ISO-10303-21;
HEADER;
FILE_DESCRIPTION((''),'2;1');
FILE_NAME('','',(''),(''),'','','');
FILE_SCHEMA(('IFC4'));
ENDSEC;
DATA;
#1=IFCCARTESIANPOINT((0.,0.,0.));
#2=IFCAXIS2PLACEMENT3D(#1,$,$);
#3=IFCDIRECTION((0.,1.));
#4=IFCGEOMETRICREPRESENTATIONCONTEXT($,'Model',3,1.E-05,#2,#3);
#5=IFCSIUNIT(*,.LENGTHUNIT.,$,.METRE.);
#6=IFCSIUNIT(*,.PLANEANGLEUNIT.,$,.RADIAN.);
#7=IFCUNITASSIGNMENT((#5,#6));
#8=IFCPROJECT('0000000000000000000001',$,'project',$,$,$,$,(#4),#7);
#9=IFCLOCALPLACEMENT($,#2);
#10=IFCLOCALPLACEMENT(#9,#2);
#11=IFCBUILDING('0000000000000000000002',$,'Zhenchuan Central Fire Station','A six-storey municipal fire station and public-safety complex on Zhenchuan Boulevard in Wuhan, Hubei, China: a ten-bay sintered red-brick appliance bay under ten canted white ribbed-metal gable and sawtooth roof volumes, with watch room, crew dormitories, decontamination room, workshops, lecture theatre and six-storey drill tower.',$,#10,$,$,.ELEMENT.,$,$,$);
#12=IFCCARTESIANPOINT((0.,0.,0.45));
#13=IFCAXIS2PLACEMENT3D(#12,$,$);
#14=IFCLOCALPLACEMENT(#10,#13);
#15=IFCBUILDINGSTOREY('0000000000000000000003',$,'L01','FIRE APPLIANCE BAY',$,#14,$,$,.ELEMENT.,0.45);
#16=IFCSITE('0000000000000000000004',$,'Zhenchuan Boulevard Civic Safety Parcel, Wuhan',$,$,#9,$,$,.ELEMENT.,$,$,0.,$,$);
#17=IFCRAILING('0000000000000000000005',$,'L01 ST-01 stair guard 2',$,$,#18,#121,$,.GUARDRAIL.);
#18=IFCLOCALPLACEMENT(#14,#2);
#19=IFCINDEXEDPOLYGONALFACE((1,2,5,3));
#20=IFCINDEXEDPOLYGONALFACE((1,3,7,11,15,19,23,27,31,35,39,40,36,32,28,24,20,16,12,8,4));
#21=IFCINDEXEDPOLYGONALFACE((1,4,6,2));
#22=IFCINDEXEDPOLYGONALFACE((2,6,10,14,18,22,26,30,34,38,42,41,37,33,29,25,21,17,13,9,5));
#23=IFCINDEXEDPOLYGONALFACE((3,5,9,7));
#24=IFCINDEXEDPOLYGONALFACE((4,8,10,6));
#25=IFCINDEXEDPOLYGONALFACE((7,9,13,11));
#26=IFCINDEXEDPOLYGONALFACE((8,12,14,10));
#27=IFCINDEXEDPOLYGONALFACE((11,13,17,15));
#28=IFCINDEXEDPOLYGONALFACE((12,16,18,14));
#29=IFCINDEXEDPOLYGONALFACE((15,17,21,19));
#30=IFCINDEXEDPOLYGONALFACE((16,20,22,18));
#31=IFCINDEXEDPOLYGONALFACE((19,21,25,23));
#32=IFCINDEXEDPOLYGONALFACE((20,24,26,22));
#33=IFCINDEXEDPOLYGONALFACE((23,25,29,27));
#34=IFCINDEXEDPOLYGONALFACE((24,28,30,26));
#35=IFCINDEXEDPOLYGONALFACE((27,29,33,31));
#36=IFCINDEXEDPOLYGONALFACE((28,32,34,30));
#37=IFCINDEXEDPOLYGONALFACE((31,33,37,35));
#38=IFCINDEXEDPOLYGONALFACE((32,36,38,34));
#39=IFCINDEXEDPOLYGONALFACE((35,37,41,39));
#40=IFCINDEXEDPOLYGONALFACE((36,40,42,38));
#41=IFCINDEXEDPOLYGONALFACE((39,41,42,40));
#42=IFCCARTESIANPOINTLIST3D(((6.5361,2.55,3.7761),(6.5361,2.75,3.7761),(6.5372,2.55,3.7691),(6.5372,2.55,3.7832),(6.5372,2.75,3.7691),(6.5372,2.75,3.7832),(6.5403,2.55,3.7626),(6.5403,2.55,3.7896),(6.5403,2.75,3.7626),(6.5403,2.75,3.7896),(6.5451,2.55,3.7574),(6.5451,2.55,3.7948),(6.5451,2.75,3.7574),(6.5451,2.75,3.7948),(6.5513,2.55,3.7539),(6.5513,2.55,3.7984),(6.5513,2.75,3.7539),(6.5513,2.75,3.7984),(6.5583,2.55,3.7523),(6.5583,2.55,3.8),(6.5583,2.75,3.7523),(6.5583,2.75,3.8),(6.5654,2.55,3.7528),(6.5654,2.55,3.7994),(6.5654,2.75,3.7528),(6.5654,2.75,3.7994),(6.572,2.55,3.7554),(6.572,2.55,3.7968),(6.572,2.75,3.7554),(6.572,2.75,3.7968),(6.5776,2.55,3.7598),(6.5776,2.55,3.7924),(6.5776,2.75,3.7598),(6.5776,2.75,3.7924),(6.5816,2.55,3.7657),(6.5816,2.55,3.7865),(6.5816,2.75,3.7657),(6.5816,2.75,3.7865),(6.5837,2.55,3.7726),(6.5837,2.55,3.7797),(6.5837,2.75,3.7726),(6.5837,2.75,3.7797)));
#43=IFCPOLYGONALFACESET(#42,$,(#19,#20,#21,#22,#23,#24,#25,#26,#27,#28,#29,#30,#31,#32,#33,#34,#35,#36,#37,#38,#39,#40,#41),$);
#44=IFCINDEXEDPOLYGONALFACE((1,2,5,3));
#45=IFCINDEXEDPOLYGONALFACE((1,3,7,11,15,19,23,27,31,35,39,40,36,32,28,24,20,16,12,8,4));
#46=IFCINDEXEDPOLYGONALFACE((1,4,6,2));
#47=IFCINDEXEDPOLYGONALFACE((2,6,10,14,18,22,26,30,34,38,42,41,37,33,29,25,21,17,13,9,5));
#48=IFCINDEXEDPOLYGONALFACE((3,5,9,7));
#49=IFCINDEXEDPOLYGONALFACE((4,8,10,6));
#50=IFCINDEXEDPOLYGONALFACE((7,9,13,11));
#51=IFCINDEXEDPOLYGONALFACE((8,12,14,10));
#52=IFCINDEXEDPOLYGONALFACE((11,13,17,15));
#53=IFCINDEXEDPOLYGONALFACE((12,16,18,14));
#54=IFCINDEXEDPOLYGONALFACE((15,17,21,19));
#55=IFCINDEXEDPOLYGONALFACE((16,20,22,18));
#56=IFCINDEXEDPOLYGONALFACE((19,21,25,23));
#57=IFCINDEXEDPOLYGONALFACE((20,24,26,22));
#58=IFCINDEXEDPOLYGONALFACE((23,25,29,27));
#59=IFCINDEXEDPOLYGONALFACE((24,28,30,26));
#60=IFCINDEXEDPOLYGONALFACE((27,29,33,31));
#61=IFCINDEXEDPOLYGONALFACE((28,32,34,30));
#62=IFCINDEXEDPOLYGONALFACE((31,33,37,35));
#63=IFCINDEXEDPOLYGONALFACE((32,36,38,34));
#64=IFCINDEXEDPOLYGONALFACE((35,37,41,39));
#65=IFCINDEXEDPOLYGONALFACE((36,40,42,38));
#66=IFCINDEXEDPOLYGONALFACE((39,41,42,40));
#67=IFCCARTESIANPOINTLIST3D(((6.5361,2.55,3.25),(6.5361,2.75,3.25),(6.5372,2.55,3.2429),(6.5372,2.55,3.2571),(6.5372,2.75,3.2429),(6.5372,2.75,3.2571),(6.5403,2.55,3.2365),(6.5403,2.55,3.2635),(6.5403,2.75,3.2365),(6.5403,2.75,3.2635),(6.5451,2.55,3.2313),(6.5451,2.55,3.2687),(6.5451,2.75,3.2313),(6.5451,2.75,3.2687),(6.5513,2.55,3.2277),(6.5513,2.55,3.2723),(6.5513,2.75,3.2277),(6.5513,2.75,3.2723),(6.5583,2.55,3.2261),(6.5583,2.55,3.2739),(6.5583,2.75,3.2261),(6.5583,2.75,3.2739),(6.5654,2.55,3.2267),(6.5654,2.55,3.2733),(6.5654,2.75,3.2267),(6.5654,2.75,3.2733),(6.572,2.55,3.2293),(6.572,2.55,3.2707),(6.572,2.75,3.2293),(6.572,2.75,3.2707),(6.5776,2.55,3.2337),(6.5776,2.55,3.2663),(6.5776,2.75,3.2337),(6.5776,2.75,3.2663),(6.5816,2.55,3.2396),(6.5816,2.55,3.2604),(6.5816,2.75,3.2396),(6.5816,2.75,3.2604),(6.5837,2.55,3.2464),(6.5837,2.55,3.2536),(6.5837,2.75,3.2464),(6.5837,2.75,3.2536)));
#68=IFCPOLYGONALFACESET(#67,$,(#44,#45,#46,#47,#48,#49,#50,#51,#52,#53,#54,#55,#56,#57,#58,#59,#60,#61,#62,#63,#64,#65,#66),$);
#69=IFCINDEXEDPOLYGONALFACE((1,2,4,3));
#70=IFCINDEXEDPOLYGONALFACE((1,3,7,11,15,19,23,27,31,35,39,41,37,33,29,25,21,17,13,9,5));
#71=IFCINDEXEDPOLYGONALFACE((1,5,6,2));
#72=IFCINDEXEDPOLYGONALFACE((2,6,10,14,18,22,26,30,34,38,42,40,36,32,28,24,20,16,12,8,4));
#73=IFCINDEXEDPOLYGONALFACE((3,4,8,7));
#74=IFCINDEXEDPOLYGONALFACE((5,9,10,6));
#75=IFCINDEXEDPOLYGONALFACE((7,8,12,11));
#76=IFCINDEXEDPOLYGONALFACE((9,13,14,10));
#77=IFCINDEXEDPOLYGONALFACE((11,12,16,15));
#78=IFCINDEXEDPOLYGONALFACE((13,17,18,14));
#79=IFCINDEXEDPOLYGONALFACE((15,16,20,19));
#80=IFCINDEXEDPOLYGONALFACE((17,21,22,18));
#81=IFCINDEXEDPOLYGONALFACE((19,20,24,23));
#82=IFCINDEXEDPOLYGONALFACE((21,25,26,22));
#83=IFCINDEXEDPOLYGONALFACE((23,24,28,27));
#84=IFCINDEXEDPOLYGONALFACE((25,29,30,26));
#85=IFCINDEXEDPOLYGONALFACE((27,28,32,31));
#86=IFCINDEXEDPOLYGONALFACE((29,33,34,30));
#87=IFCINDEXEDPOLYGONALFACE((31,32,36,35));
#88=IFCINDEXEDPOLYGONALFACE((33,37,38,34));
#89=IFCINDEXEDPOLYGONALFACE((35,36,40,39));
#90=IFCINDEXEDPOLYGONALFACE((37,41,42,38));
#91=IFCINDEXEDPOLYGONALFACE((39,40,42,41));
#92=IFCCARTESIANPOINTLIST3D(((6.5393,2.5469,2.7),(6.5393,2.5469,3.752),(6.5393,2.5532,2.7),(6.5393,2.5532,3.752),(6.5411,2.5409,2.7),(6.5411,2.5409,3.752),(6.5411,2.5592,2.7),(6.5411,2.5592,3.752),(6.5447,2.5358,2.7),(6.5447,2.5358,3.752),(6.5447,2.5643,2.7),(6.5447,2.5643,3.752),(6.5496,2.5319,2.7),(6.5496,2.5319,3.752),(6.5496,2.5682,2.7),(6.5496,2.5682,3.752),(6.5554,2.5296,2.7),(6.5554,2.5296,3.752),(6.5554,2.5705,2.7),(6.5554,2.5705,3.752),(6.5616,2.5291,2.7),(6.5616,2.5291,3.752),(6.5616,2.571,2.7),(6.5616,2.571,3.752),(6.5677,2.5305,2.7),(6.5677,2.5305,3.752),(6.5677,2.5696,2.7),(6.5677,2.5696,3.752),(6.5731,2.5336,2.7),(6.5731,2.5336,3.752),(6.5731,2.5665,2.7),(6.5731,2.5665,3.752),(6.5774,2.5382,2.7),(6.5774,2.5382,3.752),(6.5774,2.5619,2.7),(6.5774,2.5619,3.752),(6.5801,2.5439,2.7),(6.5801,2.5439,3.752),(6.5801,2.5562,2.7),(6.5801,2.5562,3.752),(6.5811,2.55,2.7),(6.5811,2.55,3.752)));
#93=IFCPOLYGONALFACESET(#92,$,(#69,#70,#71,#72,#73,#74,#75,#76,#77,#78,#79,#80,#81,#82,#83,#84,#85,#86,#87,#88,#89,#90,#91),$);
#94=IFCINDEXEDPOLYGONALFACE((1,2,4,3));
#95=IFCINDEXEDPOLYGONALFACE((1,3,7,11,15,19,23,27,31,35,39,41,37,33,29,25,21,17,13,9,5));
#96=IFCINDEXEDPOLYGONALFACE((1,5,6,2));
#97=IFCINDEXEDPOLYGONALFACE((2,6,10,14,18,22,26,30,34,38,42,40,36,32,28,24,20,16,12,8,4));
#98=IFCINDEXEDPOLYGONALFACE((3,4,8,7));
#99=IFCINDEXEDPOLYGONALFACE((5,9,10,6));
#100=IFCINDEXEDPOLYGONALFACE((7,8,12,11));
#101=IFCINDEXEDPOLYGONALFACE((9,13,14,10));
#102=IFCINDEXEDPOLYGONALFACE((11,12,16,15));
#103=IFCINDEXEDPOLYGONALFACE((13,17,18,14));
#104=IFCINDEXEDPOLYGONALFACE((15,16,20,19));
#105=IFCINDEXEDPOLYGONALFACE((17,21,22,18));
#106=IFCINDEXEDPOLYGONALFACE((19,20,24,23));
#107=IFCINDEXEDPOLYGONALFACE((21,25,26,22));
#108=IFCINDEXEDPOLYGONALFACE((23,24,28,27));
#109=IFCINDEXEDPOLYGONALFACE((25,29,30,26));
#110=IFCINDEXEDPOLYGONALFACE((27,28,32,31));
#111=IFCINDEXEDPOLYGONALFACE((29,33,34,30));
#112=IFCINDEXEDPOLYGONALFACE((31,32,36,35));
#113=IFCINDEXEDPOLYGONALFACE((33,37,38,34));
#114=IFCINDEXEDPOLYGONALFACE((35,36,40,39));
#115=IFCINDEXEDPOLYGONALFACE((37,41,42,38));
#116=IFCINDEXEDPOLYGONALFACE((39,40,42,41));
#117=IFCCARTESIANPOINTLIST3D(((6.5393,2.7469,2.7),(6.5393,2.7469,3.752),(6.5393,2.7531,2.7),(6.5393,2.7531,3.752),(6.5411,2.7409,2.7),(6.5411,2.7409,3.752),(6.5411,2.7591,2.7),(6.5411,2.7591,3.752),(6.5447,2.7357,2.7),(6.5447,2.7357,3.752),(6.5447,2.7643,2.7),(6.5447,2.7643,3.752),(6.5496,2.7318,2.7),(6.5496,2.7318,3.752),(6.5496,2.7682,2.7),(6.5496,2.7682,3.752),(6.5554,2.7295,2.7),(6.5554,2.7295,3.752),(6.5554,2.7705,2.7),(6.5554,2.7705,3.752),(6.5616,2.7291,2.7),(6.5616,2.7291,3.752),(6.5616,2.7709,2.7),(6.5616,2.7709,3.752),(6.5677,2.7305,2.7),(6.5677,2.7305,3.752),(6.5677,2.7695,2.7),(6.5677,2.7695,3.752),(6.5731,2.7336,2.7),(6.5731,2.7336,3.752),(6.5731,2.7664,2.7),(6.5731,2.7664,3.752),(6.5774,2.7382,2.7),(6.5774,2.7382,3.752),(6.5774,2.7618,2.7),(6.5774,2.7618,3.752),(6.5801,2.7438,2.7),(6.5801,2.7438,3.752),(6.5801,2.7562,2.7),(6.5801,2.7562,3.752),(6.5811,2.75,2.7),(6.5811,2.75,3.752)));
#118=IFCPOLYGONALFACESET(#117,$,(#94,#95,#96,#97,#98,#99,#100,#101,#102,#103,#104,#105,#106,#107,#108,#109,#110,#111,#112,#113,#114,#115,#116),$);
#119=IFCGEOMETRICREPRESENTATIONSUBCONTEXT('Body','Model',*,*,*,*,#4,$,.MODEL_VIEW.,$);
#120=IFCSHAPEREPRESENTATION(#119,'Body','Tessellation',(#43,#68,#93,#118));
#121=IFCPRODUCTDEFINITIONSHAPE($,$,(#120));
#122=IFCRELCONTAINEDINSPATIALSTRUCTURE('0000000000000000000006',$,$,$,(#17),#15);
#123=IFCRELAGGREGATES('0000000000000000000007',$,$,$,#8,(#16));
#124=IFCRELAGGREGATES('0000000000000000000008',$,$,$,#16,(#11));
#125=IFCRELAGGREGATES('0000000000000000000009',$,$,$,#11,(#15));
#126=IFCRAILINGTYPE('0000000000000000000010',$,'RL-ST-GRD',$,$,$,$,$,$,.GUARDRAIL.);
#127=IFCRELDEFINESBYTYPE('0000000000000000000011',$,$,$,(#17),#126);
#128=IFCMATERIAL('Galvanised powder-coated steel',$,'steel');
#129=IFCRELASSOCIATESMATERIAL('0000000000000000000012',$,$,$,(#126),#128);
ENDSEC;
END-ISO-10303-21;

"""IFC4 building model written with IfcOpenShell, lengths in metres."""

from ifc_helpers import new_model, si_unit, direction, frame, origin, origin_2d, place, context, subcontext, project, spatial, circle, extrude, material, type_object, element, save


model = new_model("IFC4")

# Units and contexts
model_context = context("Model", 3, precision=1e-05, world=origin(), true_north=direction((0.0, 1.0)))
body_context = subcontext(model_context, "Body", "Model", "MODEL_VIEW")
ifc_project = project(units=[si_unit("LENGTHUNIT", "METRE"), si_unit("PLANEANGLEUNIT", "RADIAN")], contexts=[model_context])

# Site, building, storey
site_placement = place(None, origin())
site = spatial("IfcSite", under=ifc_project, at=site_placement, Name="Zhenchuan Boulevard Civic Safety Parcel, Wuhan", CompositionType="ELEMENT", RefElevation=0.0)
building_placement = place(site_placement, origin())
building = spatial("IfcBuilding", under=site, at=building_placement, Name="Zhenchuan Central Fire Station", Description="A six-storey municipal fire station and public-safety complex on Zhenchuan Boulevard in Wuhan, Hubei, China: a ten-bay sintered red-brick appliance bay under ten canted white ribbed-metal gable and sawtooth roof volumes, with watch room, crew dormitories, decontamination room, workshops, lecture theatre and six-storey drill tower.", CompositionType="ELEMENT")
storey_placement = place(building_placement, frame((0.0, 0.0, 0.45)))
storey = spatial("IfcBuildingStorey", under=building, at=storey_placement, Name="L01", Description="FIRE APPLIANCE BAY", CompositionType="ELEMENT", Elevation=0.45)

# Railing
ifc_material_1 = material(Name="Galvanised powder-coated steel", Category="steel")
railing_type_1 = type_object("IfcRailingType", Name="RL-ST-GRD", PredefinedType="GUARDRAIL", material=ifc_material_1)
railing_1_placement = place(storey_placement, frame((6.5601, 2.55, 2.7)))
element("IfcRailing", 1, at=railing_1_placement, inside=storey, type_object=railing_type_1, Name="L01 ST-01 stair guard 2", PredefinedType="GUARDRAIL", context=body_context, shape_type="SweptSolid", body=[
    extrude(circle(Radius=0.0239, at=origin_2d()), frame((0.0, 0.0, 1.0762), z_axis=(0.0, 1.0, 0.0), x_axis=(-1.0, 0.0, 0.0)), (0.0, 0.0, 1.0), 0.2),
    extrude(circle(Radius=0.0239, at=origin_2d()), frame((0.0, 0.0, 0.55), z_axis=(0.0, 1.0, 0.0), x_axis=(-1.0, 0.0, 0.0)), (0.0, 0.0, 1.0), 0.2),
    extrude(circle(Radius=0.021, at=origin_2d()), origin(), (0.0, 0.0, 1.0), 1.052),
    extrude(circle(Radius=0.021, at=origin_2d()), frame((0.0, 0.2, 0.0)), (0.0, 0.0, 1.0), 1.052),
])

save(model, "model.ifc")
